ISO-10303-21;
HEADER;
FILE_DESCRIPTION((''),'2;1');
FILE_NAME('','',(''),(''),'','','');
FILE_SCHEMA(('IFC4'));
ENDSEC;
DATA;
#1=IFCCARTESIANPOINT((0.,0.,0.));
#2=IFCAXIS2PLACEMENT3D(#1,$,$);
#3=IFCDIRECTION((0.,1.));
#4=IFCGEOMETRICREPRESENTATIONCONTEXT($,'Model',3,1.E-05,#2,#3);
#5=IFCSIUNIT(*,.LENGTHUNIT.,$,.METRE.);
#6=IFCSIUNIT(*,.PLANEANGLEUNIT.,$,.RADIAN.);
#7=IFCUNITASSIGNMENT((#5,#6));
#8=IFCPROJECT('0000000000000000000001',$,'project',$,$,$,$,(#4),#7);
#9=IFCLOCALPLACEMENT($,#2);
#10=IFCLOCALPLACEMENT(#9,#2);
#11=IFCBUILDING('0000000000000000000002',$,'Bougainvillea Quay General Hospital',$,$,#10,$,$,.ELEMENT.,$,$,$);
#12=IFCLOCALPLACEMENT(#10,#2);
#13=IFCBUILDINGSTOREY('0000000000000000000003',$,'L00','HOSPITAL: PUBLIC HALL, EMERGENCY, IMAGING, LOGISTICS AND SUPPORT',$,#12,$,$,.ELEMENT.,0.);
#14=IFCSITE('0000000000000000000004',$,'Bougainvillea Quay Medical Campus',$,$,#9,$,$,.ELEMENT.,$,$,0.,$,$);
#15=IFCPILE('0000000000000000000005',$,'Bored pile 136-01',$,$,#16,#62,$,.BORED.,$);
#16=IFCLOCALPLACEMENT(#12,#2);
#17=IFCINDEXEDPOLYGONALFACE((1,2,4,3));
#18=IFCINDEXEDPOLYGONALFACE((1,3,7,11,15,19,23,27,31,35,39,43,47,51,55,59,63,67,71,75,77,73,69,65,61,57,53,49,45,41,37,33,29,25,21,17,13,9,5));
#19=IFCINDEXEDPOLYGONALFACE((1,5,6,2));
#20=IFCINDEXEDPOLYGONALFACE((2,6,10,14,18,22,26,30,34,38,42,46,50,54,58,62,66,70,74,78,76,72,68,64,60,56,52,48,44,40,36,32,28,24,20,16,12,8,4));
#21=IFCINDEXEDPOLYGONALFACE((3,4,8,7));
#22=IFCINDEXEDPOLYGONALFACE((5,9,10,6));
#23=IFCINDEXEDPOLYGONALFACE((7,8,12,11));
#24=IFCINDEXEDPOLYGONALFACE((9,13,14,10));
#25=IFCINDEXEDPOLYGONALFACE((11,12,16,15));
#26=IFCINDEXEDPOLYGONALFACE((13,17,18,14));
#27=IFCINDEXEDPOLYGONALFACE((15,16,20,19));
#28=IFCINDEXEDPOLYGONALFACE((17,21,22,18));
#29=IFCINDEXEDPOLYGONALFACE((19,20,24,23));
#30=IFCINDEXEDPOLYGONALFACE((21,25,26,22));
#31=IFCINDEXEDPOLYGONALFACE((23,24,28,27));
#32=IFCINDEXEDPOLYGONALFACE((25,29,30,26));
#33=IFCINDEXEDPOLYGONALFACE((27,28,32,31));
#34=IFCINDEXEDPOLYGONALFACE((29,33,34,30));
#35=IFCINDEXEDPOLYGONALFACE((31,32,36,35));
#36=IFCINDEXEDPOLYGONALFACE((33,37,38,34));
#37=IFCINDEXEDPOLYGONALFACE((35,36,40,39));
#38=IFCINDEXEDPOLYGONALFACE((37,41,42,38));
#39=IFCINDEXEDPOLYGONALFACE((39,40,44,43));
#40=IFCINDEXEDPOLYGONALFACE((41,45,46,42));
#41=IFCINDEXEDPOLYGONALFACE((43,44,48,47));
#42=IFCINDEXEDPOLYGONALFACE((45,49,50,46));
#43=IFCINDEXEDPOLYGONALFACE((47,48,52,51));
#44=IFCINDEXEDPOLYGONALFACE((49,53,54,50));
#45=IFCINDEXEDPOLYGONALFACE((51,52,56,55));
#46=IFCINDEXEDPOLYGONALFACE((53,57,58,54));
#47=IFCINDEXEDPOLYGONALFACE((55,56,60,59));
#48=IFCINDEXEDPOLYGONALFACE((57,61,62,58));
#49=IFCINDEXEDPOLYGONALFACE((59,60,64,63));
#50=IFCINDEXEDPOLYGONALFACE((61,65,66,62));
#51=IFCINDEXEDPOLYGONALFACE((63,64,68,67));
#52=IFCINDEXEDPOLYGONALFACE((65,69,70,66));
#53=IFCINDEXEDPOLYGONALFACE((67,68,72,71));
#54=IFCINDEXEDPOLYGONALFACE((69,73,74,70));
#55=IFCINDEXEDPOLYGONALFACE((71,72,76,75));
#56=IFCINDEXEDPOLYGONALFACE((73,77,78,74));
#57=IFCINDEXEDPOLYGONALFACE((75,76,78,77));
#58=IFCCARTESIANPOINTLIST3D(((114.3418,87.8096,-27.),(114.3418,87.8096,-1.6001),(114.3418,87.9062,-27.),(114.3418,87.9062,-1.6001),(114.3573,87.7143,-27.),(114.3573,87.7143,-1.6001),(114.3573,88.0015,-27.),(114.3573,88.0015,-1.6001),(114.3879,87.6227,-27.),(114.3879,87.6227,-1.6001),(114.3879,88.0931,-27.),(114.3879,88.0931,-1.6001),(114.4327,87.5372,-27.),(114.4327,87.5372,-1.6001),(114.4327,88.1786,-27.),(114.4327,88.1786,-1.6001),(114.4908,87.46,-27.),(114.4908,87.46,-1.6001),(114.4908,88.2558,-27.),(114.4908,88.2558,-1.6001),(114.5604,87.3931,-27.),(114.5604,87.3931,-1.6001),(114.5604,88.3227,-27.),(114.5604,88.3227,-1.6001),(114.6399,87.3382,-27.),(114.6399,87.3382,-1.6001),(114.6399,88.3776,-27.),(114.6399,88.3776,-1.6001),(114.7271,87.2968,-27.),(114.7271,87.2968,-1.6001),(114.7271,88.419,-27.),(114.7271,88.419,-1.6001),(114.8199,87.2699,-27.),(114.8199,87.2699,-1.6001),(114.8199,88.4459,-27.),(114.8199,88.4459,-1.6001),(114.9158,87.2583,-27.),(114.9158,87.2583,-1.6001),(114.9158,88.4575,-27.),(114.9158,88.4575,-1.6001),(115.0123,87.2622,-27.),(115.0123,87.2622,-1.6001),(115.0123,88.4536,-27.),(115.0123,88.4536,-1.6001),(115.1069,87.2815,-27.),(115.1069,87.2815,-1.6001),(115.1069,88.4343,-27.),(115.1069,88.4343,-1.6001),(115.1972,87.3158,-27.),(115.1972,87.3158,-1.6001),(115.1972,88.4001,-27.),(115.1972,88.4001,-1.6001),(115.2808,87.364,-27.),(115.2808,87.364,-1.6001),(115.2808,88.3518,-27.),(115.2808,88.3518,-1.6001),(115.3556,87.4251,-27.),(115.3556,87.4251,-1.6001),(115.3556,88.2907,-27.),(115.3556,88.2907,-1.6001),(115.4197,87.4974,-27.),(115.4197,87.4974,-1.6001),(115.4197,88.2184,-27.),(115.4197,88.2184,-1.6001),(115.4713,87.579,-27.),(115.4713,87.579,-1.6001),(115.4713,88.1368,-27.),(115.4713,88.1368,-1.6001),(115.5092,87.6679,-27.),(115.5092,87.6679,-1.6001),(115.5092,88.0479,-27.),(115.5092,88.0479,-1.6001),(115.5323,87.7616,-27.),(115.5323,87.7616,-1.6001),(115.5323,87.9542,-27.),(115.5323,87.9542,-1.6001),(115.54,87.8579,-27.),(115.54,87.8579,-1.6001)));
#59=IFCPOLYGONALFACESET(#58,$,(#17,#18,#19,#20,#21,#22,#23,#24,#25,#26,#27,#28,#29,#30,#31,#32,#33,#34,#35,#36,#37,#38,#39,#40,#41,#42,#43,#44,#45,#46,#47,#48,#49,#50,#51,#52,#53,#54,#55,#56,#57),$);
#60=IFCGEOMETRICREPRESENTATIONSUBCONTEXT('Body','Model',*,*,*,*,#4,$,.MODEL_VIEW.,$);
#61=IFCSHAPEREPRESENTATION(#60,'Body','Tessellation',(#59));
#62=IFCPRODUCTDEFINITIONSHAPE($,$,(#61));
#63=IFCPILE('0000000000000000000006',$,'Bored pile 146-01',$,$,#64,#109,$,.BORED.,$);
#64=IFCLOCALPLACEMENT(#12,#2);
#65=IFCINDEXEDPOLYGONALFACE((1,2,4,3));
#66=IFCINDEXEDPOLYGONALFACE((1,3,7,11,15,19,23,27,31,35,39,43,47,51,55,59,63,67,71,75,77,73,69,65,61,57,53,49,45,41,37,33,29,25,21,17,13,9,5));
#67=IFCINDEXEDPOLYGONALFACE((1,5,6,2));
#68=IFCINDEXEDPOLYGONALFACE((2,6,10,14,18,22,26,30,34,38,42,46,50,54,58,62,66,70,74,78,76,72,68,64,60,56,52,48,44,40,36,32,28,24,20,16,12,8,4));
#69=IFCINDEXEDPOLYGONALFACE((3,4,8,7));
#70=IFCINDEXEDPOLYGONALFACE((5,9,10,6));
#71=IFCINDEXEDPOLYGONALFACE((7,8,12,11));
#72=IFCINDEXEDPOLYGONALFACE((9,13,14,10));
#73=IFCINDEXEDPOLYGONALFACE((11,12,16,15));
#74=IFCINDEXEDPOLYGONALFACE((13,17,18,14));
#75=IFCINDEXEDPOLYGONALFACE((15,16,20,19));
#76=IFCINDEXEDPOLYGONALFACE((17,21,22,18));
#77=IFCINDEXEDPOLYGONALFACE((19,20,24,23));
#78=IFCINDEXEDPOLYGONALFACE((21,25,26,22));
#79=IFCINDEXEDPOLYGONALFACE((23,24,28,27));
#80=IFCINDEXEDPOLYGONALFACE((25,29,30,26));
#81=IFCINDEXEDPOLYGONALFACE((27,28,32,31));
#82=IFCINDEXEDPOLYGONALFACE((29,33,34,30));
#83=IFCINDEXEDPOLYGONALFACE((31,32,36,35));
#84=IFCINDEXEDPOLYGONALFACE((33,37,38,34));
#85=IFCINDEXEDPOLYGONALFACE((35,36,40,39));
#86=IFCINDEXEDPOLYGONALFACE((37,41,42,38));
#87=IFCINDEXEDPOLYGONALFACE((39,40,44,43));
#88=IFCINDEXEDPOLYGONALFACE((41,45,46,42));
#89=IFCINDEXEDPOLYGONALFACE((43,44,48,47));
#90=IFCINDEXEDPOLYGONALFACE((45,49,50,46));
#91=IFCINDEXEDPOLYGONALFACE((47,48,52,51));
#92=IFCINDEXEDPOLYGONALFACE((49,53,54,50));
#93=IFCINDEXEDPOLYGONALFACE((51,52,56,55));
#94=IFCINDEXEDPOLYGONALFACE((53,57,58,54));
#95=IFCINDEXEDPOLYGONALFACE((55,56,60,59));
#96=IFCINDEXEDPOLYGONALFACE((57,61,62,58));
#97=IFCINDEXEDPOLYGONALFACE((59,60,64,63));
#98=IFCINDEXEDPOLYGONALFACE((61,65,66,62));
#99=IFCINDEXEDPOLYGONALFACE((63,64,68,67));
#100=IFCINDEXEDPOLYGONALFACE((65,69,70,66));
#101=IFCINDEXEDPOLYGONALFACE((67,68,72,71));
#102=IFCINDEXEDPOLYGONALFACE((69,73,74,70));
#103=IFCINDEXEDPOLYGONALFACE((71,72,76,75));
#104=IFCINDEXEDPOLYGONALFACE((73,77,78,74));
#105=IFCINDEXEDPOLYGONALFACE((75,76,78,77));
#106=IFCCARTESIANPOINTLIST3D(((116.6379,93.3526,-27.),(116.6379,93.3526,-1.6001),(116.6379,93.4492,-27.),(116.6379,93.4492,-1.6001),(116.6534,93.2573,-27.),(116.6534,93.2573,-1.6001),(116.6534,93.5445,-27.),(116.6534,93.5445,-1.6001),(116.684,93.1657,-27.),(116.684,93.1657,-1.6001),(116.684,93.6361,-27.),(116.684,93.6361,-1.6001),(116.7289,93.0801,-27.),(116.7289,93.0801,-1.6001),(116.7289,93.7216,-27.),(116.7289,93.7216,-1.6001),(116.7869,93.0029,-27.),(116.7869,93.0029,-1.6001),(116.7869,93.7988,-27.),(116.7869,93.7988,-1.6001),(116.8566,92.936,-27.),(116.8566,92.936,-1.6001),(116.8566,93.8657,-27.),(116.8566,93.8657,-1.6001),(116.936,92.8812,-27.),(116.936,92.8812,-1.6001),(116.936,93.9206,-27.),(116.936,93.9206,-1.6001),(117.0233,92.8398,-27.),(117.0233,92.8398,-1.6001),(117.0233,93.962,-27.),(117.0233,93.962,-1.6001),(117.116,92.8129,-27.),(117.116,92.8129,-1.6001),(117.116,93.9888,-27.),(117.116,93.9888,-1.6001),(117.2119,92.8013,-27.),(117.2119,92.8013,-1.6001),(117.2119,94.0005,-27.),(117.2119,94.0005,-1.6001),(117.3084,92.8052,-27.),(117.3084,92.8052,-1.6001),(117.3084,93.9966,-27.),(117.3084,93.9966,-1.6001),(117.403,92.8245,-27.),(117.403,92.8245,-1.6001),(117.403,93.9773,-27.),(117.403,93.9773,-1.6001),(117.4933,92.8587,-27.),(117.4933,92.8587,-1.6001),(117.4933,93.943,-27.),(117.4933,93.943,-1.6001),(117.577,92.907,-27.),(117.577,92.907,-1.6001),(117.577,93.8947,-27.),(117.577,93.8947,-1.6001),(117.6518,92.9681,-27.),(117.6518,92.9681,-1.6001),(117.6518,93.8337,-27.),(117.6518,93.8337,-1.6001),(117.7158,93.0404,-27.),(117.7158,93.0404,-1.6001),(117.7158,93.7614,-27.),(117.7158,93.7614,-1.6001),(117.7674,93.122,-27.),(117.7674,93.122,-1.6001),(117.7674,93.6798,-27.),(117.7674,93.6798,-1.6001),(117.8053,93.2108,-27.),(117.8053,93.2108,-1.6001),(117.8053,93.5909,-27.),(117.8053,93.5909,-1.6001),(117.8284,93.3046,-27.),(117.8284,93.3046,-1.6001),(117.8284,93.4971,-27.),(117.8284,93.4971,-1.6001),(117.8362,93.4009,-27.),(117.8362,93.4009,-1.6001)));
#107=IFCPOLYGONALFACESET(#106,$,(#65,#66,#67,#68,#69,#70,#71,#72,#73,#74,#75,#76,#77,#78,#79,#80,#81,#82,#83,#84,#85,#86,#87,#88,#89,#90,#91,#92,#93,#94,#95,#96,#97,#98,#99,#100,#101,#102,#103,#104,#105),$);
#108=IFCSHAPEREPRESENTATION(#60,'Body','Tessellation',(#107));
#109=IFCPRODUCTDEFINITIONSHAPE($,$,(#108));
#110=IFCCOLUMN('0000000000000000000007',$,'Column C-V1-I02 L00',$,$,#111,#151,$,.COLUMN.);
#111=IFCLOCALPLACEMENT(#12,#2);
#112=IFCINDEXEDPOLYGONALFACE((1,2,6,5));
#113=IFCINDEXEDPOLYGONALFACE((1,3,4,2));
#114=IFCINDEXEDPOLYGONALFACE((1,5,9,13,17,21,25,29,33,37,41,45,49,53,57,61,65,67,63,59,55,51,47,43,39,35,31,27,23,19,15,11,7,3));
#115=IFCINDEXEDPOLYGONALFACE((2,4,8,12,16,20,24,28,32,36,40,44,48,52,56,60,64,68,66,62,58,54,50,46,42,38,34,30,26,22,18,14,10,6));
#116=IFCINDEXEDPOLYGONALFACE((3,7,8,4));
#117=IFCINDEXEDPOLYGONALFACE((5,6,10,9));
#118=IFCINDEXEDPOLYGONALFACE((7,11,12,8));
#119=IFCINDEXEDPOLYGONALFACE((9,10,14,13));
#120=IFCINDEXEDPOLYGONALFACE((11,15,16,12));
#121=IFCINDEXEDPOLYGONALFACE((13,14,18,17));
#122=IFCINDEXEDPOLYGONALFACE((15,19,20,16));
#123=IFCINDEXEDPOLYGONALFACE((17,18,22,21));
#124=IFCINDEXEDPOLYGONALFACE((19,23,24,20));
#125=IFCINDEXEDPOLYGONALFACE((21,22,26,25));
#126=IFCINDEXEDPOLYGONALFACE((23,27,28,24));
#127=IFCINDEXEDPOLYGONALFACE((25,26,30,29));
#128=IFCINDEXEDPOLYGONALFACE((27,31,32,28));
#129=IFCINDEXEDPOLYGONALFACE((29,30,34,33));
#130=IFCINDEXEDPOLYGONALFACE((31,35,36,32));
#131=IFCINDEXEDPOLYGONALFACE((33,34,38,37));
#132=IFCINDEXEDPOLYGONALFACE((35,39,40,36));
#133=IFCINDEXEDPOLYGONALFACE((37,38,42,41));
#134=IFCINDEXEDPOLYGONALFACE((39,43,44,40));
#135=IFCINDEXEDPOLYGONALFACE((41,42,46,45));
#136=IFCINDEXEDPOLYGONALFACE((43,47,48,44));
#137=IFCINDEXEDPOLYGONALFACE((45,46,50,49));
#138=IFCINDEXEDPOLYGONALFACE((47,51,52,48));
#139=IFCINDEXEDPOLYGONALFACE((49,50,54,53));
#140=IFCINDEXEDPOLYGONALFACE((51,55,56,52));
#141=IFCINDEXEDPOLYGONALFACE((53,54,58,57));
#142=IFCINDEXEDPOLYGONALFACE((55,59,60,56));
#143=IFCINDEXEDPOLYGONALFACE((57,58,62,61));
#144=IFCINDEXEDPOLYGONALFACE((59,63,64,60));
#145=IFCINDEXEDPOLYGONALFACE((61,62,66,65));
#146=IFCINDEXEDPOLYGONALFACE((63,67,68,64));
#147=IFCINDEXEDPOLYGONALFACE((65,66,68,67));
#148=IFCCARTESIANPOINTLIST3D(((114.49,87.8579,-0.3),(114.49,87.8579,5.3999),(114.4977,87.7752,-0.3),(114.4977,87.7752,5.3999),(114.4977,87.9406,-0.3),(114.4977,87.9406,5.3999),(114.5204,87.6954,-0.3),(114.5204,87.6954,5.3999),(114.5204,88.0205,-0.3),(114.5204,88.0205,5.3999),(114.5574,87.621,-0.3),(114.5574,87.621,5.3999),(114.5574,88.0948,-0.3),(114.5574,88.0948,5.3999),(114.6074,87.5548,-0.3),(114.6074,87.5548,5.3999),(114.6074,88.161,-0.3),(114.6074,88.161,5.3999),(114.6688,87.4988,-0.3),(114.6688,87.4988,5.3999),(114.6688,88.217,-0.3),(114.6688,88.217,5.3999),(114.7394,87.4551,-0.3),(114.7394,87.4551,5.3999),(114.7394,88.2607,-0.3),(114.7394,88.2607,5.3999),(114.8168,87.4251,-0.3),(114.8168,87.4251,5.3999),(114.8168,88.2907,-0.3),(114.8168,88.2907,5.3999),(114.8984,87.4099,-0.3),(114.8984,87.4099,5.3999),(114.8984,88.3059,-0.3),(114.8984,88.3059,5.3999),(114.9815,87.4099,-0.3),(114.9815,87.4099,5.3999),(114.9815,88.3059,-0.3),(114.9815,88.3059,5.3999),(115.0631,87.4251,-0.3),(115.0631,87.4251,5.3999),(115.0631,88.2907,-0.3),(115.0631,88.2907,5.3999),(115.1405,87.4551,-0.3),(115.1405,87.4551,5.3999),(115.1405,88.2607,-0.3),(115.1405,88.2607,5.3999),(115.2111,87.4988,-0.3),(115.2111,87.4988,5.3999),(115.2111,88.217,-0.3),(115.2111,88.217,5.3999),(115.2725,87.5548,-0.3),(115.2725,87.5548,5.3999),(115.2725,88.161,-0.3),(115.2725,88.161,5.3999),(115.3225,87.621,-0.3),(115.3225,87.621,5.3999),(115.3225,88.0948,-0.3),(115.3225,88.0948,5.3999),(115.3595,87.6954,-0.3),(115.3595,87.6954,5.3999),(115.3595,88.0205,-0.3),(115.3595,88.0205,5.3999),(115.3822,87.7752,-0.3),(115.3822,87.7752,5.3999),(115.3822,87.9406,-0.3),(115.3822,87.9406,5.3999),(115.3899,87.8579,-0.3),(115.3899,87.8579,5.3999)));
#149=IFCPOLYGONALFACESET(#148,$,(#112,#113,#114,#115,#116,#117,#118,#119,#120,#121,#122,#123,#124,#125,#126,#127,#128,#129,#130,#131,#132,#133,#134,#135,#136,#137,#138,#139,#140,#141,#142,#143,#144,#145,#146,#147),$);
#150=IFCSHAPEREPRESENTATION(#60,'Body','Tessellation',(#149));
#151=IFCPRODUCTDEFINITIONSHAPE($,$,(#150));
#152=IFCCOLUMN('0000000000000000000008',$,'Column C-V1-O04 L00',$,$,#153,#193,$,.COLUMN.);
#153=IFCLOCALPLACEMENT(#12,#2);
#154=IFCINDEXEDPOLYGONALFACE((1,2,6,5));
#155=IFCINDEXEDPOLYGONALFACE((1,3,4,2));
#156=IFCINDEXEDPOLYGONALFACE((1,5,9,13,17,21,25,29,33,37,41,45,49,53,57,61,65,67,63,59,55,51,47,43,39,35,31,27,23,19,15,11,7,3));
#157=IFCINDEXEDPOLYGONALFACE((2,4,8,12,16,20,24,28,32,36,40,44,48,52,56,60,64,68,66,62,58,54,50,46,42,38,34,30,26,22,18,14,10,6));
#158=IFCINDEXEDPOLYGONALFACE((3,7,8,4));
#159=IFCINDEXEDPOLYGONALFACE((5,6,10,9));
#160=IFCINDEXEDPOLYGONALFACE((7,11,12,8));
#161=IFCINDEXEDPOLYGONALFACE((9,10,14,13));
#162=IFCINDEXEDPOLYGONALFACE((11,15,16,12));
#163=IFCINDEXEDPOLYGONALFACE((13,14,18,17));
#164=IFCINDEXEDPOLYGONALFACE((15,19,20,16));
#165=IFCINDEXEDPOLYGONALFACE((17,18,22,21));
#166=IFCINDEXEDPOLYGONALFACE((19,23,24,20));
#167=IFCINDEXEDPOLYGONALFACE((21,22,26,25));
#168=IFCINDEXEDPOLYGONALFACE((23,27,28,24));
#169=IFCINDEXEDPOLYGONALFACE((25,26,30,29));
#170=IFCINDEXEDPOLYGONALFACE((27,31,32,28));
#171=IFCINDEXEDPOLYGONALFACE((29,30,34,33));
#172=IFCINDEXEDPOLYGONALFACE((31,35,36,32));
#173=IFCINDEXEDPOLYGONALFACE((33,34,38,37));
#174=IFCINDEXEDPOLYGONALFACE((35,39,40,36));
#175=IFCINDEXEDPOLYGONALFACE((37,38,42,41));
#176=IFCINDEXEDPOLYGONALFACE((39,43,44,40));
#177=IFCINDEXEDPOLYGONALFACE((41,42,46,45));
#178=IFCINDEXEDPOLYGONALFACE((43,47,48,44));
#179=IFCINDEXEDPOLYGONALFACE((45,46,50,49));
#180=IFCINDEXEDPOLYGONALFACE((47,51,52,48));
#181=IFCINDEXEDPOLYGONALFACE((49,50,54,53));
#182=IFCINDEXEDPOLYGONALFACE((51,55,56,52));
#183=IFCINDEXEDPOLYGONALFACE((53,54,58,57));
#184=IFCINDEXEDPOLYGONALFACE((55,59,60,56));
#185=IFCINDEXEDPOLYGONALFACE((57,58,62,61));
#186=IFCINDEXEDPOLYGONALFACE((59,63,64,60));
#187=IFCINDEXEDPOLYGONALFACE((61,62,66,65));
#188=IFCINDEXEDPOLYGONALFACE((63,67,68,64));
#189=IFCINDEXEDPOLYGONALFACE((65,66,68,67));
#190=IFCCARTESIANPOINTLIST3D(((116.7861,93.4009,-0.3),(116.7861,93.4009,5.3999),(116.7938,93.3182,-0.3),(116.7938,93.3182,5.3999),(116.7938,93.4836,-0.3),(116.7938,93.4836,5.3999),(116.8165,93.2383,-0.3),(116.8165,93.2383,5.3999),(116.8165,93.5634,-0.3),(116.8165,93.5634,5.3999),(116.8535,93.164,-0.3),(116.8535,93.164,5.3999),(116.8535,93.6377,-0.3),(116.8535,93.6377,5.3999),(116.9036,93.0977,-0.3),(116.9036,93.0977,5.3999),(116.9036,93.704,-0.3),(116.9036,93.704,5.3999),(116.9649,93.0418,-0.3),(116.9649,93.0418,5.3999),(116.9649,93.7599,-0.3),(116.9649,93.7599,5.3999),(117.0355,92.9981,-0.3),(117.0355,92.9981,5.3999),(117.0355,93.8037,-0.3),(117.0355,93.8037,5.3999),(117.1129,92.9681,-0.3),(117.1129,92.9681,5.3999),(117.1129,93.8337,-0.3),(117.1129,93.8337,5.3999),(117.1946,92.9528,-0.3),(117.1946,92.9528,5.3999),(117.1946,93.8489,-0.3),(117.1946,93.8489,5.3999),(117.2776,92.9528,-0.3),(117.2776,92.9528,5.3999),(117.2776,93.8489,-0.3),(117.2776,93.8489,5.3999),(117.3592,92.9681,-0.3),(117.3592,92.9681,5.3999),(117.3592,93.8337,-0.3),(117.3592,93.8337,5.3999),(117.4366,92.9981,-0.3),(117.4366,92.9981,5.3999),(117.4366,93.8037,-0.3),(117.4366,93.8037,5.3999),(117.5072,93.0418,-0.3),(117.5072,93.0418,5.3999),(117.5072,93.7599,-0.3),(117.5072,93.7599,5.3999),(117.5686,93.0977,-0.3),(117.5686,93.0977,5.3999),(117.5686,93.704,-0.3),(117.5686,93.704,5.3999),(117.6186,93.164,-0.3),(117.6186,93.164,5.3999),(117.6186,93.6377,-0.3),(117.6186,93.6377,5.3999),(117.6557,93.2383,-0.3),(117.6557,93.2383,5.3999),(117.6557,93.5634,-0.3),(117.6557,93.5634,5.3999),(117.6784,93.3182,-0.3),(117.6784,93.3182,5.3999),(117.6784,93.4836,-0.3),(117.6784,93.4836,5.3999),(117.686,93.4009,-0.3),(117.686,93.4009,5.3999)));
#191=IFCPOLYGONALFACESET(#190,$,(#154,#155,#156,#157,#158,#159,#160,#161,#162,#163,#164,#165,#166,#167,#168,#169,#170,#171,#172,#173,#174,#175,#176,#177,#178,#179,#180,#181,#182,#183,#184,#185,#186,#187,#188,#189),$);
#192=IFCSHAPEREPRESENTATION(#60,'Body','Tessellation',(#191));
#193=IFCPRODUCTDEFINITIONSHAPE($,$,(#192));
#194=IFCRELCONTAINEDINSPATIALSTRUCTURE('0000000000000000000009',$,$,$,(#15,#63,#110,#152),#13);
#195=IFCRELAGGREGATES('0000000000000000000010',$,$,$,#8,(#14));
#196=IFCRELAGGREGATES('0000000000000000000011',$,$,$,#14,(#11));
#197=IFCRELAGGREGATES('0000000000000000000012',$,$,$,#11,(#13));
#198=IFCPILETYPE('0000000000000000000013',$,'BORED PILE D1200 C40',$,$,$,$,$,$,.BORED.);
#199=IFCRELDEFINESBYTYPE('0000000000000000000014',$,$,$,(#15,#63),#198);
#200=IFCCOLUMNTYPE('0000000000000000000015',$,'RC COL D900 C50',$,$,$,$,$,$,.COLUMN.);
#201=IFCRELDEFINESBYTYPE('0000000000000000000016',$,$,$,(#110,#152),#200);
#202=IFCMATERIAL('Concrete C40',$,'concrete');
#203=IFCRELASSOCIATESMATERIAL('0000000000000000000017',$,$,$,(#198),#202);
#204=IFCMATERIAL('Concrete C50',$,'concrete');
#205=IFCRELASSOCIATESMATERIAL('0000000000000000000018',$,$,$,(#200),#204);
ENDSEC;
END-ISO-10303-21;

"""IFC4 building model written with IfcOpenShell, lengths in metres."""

from ifc_helpers import new_model, si_unit, direction, frame, origin, origin_2d, place, context, subcontext, project, spatial, circle, extrude, material, material_profile, profile_set, type_object, element, save


model = new_model("IFC4")

# Units and contexts
model_context = context("Model", 3, precision=1e-05, world=origin(), true_north=direction((0.0, 1.0)))
body_context = subcontext(model_context, "Body", "Model", "MODEL_VIEW")
ifc_project = project(units=[si_unit("LENGTHUNIT", "METRE"), si_unit("PLANEANGLEUNIT", "RADIAN")], contexts=[model_context])

# Site, building, storey
site_placement = place(None, origin())
site = spatial("IfcSite", under=ifc_project, at=site_placement, Name="Bougainvillea Quay Medical Campus", CompositionType="ELEMENT", RefElevation=0.0)
building_placement = place(site_placement, origin())
building = spatial("IfcBuilding", under=site, at=building_placement, Name="Bougainvillea Quay General Hospital", CompositionType="ELEMENT")
storey_placement = place(building_placement, origin())
storey = spatial("IfcBuildingStorey", under=building, at=storey_placement, Name="L00", Description="HOSPITAL: PUBLIC HALL, EMERGENCY, IMAGING, LOGISTICS AND SUPPORT", CompositionType="ELEMENT", Elevation=0.0)

# Piles
ifc_material_1 = material(Name="Concrete C40", Category="concrete")
ifc_material_profile_1 = material_profile(ifc_material_1, circle(Radius=0.6001, at=origin_2d()))
ifc_profile_set_1 = profile_set([ifc_material_profile_1], Name="Concrete C40")
pile_type = type_object("IfcPileType", Name="BORED PILE D1200 C40", PredefinedType="BORED", material=ifc_profile_set_1)
for number, where, z_axis, x_axis, name in (
    (1, (114.9399, 87.8579, -1.6001), (0.0, 0.0, -1.0), (1.0, 0.0, 0.0), "Bored pile 136-01"),
    (2, (117.2361, 93.4009, -1.6001), (0.0, 0.0, -1.0), (1.0, 0.0, 0.0), "Bored pile 146-01"),
):
    element("IfcPile", number, at=place(storey_placement, frame(where, z_axis=z_axis, x_axis=x_axis)), inside=storey, type_object=pile_type, Name=name, PredefinedType="BORED", context=body_context, shape_type="SweptSolid", body=[
        extrude(circle(Radius=0.6001, at=origin_2d()), origin(), (0.0, 0.0, 1.0), 25.3999),
    ])

# Columns
ifc_material_2 = material(Name="Concrete C50", Category="concrete")
ifc_material_profile_2 = material_profile(ifc_material_2, circle(Radius=0.45, at=origin_2d()))
ifc_profile_set_2 = profile_set([ifc_material_profile_2], Name="Concrete C50")
column_type = type_object("IfcColumnType", Name="RC COL D900 C50", PredefinedType="COLUMN", material=ifc_profile_set_2)
for number, where, z_axis, x_axis, name in (
    (3, (114.9399, 87.8579, -0.3), (0.0, 0.0, 1.0), (1.0, 0.0, 0.0), "Column C-V1-I02 L00"),
    (4, (117.2361, 93.4009, -0.3), (0.0, 0.0, 1.0), (1.0, 0.0, 0.0), "Column C-V1-O04 L00"),
):
    element("IfcColumn", number, at=place(storey_placement, frame(where, z_axis=z_axis, x_axis=x_axis)), inside=storey, type_object=column_type, Name=name, PredefinedType="COLUMN", context=body_context, shape_type="SweptSolid", body=[
        extrude(circle(Radius=0.45, at=origin_2d()), origin(), (0.0, 0.0, 1.0), 5.7),
    ])

save(model, "model.ifc")
